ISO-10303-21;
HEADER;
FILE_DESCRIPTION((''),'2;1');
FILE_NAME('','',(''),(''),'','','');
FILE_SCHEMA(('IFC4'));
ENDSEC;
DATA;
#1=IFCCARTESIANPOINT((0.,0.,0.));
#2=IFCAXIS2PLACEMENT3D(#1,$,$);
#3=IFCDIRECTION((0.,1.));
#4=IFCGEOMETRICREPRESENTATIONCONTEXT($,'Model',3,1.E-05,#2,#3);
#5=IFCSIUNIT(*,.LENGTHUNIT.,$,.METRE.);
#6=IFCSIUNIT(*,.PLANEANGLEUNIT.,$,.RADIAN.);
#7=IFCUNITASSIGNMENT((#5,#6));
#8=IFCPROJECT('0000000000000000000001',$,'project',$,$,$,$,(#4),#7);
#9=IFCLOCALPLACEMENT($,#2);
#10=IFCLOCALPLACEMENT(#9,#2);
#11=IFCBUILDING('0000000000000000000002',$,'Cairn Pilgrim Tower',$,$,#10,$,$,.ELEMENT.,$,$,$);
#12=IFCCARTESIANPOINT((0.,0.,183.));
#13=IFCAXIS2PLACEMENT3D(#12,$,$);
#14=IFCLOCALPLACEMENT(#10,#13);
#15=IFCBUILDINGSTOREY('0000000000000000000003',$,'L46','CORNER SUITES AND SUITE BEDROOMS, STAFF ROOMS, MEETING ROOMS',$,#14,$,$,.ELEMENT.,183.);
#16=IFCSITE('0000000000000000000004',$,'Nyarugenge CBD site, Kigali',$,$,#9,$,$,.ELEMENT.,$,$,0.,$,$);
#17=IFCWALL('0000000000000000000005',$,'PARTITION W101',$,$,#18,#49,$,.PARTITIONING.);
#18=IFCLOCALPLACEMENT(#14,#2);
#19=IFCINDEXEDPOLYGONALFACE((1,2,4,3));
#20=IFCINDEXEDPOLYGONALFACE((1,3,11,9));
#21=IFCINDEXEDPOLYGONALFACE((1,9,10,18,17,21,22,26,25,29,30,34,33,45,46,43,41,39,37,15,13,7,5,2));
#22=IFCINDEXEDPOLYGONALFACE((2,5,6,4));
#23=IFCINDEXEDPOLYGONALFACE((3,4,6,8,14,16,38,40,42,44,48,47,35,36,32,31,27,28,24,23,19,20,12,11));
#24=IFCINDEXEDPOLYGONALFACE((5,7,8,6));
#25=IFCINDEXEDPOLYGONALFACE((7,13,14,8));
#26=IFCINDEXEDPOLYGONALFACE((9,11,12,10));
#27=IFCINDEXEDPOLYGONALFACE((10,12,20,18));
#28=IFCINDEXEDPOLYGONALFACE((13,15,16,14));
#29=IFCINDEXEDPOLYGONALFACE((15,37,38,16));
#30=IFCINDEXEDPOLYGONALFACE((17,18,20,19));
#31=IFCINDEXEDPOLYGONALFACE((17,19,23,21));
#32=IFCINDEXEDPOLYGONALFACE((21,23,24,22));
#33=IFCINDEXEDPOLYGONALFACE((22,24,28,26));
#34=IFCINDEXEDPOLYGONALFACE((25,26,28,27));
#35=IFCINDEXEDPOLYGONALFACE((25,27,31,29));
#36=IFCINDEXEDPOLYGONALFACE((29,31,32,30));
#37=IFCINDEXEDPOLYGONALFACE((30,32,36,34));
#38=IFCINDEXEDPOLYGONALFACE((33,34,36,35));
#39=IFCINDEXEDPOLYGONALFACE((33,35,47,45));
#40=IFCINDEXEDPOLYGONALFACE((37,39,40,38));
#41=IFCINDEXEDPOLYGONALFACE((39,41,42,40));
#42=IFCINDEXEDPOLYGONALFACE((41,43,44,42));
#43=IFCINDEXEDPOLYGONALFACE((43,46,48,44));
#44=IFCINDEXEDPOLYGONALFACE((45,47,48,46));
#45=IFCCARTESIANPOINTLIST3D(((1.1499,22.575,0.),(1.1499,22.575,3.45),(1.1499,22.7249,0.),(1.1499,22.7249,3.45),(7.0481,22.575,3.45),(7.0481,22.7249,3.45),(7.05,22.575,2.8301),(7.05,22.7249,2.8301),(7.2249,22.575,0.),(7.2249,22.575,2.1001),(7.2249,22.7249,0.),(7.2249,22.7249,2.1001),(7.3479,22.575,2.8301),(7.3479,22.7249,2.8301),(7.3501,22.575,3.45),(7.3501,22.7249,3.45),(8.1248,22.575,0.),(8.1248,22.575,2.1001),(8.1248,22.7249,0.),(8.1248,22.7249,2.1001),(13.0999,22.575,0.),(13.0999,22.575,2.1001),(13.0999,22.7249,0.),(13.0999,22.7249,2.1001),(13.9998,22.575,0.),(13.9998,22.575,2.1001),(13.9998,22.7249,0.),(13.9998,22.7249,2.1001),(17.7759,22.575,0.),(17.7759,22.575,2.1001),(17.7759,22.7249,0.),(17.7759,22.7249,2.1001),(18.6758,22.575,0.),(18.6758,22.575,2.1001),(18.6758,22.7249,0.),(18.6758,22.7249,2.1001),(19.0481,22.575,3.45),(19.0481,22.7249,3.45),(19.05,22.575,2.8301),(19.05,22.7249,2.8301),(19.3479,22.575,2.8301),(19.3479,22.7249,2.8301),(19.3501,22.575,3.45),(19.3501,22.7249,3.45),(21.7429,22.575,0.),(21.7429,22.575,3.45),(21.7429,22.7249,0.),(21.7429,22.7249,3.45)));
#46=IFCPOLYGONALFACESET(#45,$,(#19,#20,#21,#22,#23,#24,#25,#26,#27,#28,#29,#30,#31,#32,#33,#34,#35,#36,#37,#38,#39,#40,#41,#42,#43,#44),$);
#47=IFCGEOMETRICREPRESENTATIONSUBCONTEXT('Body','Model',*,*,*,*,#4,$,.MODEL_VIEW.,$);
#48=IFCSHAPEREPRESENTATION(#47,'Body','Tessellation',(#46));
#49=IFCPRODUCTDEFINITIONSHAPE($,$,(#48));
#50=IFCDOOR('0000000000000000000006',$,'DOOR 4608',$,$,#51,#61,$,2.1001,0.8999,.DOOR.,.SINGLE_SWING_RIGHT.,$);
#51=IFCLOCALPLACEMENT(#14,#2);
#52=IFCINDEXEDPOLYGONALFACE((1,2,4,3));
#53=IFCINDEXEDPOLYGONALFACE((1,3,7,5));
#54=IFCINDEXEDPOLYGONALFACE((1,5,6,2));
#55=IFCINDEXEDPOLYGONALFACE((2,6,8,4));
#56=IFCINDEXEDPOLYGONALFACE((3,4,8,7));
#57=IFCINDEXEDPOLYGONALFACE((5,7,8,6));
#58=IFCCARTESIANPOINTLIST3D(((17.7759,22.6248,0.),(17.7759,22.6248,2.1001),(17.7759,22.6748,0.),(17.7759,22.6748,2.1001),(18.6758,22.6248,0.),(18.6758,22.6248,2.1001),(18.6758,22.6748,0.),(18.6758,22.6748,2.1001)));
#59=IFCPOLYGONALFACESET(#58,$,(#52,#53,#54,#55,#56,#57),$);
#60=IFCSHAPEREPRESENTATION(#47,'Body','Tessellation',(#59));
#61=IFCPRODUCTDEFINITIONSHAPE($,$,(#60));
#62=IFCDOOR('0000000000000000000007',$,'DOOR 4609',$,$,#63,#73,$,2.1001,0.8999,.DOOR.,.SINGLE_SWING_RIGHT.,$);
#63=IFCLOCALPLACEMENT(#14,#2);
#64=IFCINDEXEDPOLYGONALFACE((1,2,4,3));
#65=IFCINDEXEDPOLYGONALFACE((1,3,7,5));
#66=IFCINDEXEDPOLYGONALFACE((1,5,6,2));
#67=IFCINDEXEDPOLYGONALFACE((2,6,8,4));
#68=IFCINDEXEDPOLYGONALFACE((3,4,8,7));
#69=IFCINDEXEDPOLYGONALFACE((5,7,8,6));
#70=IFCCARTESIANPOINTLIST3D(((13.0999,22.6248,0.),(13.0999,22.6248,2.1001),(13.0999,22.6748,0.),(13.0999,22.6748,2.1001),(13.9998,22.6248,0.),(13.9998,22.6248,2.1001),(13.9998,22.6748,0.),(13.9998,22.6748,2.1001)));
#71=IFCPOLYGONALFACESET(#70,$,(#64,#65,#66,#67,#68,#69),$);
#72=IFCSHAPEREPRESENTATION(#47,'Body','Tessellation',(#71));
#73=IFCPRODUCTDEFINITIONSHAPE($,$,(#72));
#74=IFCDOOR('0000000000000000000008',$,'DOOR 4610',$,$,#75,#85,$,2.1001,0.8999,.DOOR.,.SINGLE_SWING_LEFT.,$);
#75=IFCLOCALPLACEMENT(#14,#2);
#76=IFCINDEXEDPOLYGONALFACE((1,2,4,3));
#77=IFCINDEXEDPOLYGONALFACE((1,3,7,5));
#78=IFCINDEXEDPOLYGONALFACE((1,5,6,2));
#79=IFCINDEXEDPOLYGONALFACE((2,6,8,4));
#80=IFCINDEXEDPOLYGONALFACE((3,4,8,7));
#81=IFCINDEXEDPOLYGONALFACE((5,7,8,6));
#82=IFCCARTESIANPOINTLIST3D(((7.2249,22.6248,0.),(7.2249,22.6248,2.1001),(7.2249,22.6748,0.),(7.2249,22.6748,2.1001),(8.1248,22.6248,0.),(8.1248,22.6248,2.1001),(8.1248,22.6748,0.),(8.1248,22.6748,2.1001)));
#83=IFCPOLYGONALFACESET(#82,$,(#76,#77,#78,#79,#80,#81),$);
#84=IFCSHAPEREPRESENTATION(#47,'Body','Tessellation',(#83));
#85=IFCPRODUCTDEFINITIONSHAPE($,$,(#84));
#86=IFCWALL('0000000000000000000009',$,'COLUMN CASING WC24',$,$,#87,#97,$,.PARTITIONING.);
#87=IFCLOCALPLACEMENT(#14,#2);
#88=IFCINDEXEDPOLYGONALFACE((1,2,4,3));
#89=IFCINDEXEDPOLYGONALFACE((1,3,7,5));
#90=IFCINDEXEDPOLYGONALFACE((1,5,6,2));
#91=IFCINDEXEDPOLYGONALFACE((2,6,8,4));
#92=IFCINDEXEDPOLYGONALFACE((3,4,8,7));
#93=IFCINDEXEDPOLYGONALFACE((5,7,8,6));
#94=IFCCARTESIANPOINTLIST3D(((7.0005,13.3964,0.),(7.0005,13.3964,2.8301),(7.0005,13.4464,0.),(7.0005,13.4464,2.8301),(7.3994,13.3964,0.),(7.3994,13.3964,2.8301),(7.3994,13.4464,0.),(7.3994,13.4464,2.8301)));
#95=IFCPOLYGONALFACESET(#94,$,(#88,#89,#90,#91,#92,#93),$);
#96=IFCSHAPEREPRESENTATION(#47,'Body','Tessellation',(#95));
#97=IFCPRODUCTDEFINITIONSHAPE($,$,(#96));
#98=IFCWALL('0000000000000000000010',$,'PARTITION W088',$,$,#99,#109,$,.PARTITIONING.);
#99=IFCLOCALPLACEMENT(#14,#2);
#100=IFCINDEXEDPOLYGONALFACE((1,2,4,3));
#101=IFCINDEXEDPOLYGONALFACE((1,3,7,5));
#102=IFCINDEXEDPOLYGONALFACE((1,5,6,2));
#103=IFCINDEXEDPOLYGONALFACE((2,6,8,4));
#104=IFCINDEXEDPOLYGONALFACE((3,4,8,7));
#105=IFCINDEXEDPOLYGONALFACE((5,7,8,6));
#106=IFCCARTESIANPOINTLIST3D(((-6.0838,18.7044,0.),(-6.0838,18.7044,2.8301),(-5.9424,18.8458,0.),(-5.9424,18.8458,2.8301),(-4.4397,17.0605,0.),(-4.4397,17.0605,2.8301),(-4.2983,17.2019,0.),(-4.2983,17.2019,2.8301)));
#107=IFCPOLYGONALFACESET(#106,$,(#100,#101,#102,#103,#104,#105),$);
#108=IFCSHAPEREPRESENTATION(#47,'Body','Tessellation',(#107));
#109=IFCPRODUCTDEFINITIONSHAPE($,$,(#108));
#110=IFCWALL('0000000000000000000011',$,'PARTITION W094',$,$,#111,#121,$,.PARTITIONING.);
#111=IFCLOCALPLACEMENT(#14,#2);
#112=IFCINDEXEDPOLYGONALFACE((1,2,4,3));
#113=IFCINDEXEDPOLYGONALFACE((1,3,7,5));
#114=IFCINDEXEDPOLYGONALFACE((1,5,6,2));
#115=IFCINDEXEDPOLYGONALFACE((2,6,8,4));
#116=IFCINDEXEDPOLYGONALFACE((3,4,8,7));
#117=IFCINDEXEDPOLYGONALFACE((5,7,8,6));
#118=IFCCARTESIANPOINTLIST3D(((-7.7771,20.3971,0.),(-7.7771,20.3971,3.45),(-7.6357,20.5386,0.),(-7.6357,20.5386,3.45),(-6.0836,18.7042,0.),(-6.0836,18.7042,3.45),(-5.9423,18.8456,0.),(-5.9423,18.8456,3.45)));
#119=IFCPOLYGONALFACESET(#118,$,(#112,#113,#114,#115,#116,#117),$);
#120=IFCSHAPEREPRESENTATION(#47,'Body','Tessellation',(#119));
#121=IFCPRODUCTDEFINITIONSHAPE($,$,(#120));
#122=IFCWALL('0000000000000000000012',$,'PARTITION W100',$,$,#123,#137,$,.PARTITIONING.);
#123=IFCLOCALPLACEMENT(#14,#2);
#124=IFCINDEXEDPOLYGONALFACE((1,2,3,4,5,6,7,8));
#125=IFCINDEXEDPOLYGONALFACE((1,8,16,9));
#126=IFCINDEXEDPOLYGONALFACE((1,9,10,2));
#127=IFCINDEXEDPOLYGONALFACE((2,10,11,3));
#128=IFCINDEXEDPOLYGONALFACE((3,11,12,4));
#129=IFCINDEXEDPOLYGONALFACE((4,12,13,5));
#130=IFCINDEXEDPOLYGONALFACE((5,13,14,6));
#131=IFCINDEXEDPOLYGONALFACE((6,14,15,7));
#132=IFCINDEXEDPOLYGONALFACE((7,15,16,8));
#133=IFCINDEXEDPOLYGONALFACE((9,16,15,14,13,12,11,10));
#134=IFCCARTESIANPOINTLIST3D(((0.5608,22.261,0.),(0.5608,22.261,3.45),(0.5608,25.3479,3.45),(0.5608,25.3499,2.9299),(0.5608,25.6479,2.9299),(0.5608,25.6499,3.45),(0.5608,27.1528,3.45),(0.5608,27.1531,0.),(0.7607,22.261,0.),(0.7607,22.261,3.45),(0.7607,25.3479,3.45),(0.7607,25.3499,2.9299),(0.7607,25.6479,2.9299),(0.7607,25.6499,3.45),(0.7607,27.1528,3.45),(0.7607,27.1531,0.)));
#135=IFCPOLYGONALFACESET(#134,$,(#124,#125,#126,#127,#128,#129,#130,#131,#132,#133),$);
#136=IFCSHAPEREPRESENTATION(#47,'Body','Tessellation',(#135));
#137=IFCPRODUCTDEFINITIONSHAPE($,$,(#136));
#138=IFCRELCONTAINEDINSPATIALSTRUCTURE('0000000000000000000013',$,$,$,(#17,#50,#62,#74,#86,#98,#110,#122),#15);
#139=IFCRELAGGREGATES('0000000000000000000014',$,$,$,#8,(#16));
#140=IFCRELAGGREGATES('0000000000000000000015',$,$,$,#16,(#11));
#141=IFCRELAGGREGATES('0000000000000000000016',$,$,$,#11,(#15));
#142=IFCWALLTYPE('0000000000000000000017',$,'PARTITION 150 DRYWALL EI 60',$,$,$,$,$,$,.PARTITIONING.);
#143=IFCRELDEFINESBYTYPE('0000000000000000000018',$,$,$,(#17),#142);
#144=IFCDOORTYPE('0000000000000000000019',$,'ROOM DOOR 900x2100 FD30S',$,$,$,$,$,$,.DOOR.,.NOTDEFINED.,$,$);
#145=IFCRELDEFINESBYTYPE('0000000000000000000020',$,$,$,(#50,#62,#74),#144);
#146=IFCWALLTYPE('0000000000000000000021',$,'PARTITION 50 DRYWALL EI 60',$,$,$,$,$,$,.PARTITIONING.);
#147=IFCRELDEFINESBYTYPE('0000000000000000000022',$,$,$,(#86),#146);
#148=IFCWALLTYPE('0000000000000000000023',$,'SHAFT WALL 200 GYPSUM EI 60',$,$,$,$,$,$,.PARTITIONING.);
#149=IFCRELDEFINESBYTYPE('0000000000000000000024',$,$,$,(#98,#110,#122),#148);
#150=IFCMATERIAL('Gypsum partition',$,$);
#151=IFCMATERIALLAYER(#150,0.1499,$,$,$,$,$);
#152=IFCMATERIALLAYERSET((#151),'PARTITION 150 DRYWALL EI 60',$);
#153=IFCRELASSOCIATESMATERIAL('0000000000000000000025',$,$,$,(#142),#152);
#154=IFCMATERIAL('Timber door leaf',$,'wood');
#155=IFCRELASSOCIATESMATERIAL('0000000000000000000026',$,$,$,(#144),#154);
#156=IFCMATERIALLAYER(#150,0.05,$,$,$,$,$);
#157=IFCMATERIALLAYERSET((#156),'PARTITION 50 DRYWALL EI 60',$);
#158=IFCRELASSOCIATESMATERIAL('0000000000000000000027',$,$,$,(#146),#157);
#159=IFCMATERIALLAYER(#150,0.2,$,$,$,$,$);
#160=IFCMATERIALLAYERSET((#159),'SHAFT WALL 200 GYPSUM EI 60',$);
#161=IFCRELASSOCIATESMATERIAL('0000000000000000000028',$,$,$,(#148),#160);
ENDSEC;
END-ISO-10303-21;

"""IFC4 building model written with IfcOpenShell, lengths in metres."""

from ifc_helpers import new_model, si_unit, direction, frame, frame_2d, origin, place, context, subcontext, project, spatial, polyline, rectangle, outline, extrude, material, layer, layer_set, type_object, element, fill, save


model = new_model("IFC4")

# Units and contexts
model_context = context("Model", 3, precision=1e-05, world=origin(), true_north=direction((0.0, 1.0)))
body_context = subcontext(model_context, "Body", "Model", "MODEL_VIEW")
ifc_project = project(units=[si_unit("LENGTHUNIT", "METRE"), si_unit("PLANEANGLEUNIT", "RADIAN")], contexts=[model_context])

# Site, building, storey
site_placement = place(None, origin())
site = spatial("IfcSite", under=ifc_project, at=site_placement, Name="Nyarugenge CBD site, Kigali", CompositionType="ELEMENT", RefElevation=0.0)
building_placement = place(site_placement, origin())
building = spatial("IfcBuilding", under=site, at=building_placement, Name="Cairn Pilgrim Tower", CompositionType="ELEMENT")
storey_placement = place(building_placement, frame((0.0, 0.0, 183.0)))
storey = spatial("IfcBuildingStorey", under=building, at=storey_placement, Name="L46", Description="CORNER SUITES AND SUITE BEDROOMS, STAFF ROOMS, MEETING ROOMS", CompositionType="ELEMENT", Elevation=183.0)

# Shared definitions
ifc_material_1 = material(Name="Gypsum partition")

# Shared definitions
ifc_material_2 = material(Name="Timber door leaf", Category="wood")

# Shared definitions
ifc_layer_1 = layer(ifc_material_1, 0.1499)
ifc_layer_set_1 = layer_set([ifc_layer_1], Name="PARTITION 150 DRYWALL EI 60")
wall_type_1 = type_object("IfcWallType", Name="PARTITION 150 DRYWALL EI 60", PredefinedType="PARTITIONING", material=ifc_layer_set_1)

# Wall, openings, doors
wall_1_placement = place(storey_placement, frame((1.1499, 22.6499, 0.0), z_axis=(0.0, 0.0, 1.0), x_axis=(1.0, 0.0, 0.0)))
wall_1 = element("IfcWall", 1, at=wall_1_placement, inside=storey, type_object=wall_type_1, Name="PARTITION W101", PredefinedType="PARTITIONING", context=body_context, shape_type="SweptSolid", body=[
    extrude(outline(polyline([(0.0, 0.0), (20.593, 0.0), (20.593, 3.45), (18.2002, 3.45), (18.198, 2.8301), (17.9001, 2.8301), (17.8982, 3.45), (6.2002, 3.45), (6.198, 2.8301), (5.9001, 2.8301), (5.8982, 3.45), (0.0, 3.45), (0.0, 0.0)])), frame((0.0, 0.075, 0.0), z_axis=(0.0, -1.0, 0.0), x_axis=(1.0, 0.0, 0.0)), (0.0, 0.0, 1.0), 0.1499),
])
opening_1_placement = place(wall_1_placement, frame((16.626, 0.0, 0.0)))
opening_1 = element("IfcOpeningElement", 2, at=opening_1_placement, cuts=wall_1, PredefinedType="OPENING", context=body_context, shape_type="SweptSolid", body=[
    extrude(rectangle(XDim=0.8999, YDim=2.1001, at=frame_2d((0.45, 1.05))), frame((0.0, 0.085, 0.0), z_axis=(0.0, -1.0, 0.0), x_axis=(1.0, 0.0, 0.0)), (0.0, 0.0, 1.0), 0.1699),
])
opening_2_placement = place(wall_1_placement, frame((11.95, 0.0, 0.0)))
opening_2 = element("IfcOpeningElement", 3, at=opening_2_placement, cuts=wall_1, PredefinedType="OPENING", context=body_context, shape_type="SweptSolid", body=[
    extrude(rectangle(XDim=0.8999, YDim=2.1001, at=frame_2d((0.45, 1.05))), frame((0.0, 0.085, 0.0), z_axis=(0.0, -1.0, 0.0), x_axis=(1.0, 0.0, 0.0)), (0.0, 0.0, 1.0), 0.1699),
])
opening_3_placement = place(wall_1_placement, frame((6.075, 0.0, 0.0)))
opening_3 = element("IfcOpeningElement", 4, at=opening_3_placement, cuts=wall_1, PredefinedType="OPENING", context=body_context, shape_type="SweptSolid", body=[
    extrude(rectangle(XDim=0.8999, YDim=2.1001, at=frame_2d((0.45, 1.05))), frame((0.0, 0.085, 0.0), z_axis=(0.0, -1.0, 0.0), x_axis=(1.0, 0.0, 0.0)), (0.0, 0.0, 1.0), 0.1699),
])
door_type_1 = type_object("IfcDoorType", Name="ROOM DOOR 900x2100 FD30S", OperationType="NOTDEFINED", PredefinedType="DOOR", material=ifc_material_2)
door_1_placement = place(opening_1_placement, origin())
door_1 = element("IfcDoor", 5, at=door_1_placement, inside=storey, type_object=door_type_1, Name="DOOR 4608", OperationType="SINGLE_SWING_RIGHT", OverallHeight=2.1001, OverallWidth=0.8999, PredefinedType="DOOR", context=body_context, shape_type="SweptSolid", body=[
    extrude(rectangle(XDim=0.8999, YDim=2.1001, at=frame_2d((0.45, 1.05))), frame((0.0, 0.0249, 0.0), z_axis=(0.0, -1.0, 0.0), x_axis=(1.0, 0.0, 0.0)), (0.0, 0.0, 1.0), 0.05),
])
fill(opening_1, door_1)
door_2_placement = place(opening_2_placement, origin())
door_2 = element("IfcDoor", 6, at=door_2_placement, inside=storey, type_object=door_type_1, Name="DOOR 4609", OperationType="SINGLE_SWING_RIGHT", OverallHeight=2.1001, OverallWidth=0.8999, PredefinedType="DOOR", context=body_context, shape_type="SweptSolid", body=[
    extrude(rectangle(XDim=0.8999, YDim=2.1001, at=frame_2d((0.45, 1.05))), frame((0.0, 0.0249, 0.0), z_axis=(0.0, -1.0, 0.0), x_axis=(1.0, 0.0, 0.0)), (0.0, 0.0, 1.0), 0.05),
])
fill(opening_2, door_2)
door_3_placement = place(opening_3_placement, origin())
door_3 = element("IfcDoor", 7, at=door_3_placement, inside=storey, type_object=door_type_1, Name="DOOR 4610", OperationType="SINGLE_SWING_LEFT", OverallHeight=2.1001, OverallWidth=0.8999, PredefinedType="DOOR", context=body_context, shape_type="SweptSolid", body=[
    extrude(rectangle(XDim=0.8999, YDim=2.1001, at=frame_2d((0.45, 1.05))), frame((0.0, 0.0249, 0.0), z_axis=(0.0, -1.0, 0.0), x_axis=(1.0, 0.0, 0.0)), (0.0, 0.0, 1.0), 0.05),
])
fill(opening_3, door_3)

# Walls
ifc_layer_2 = layer(ifc_material_1, 0.05)
ifc_layer_set_2 = layer_set([ifc_layer_2], Name="PARTITION 50 DRYWALL EI 60")
wall_type_2 = type_object("IfcWallType", Name="PARTITION 50 DRYWALL EI 60", PredefinedType="PARTITIONING", material=ifc_layer_set_2)
wall_2_placement = place(storey_placement, frame((7.0005, 13.4214, 0.0), z_axis=(0.0, 0.0, 1.0), x_axis=(1.0, 0.0, 0.0)))
element("IfcWall", 8, at=wall_2_placement, inside=storey, type_object=wall_type_2, Name="COLUMN CASING WC24", PredefinedType="PARTITIONING", context=body_context, shape_type="SweptSolid", body=[
    extrude(rectangle(XDim=0.3989, YDim=0.05, at=frame_2d((0.1995, 0.0))), origin(), (0.0, 0.0, 1.0), 2.8301),
])
ifc_layer_3 = layer(ifc_material_1, 0.2)
ifc_layer_set_3 = layer_set([ifc_layer_3], Name="SHAFT WALL 200 GYPSUM EI 60")
wall_type_3 = type_object("IfcWallType", Name="SHAFT WALL 200 GYPSUM EI 60", PredefinedType="PARTITIONING", material=ifc_layer_set_3)
wall_3_placement = place(storey_placement, frame((-4.3689, 17.1311, 0.0), z_axis=(0.0, 0.0, 1.0), x_axis=(-0.707159, 0.707054, 0.0)))
element("IfcWall", 9, at=wall_3_placement, inside=storey, type_object=wall_type_3, Name="PARTITION W088", PredefinedType="PARTITIONING", context=body_context, shape_type="SweptSolid", body=[
    extrude(rectangle(XDim=2.325, YDim=0.2, at=frame_2d((1.1626, 0.0))), origin(), (0.0, 0.0, 1.0), 2.8301),
])
wall_4_placement = place(storey_placement, frame((-6.0129, 18.7749, 0.0), z_axis=(0.0, 0.0, 1.0), x_axis=(-0.707209, 0.707005, 0.0)))
element("IfcWall", 10, at=wall_4_placement, inside=storey, type_object=wall_type_3, Name="PARTITION W094", PredefinedType="PARTITIONING", context=body_context, shape_type="SweptSolid", body=[
    extrude(rectangle(XDim=2.3945, YDim=0.2, at=frame_2d((1.1973, 0.0))), origin(), (0.0, 0.0, 1.0), 3.45),
])
wall_5_placement = place(storey_placement, frame((0.6609, 22.261, 0.0), z_axis=(0.0, 0.0, 1.0), x_axis=(0.0, 1.0, 0.0)))
element("IfcWall", 11, at=wall_5_placement, inside=storey, type_object=wall_type_3, Name="PARTITION W100", PredefinedType="PARTITIONING", context=body_context, shape_type="SweptSolid", body=[
    extrude(outline(polyline([(0.0, 0.0), (4.8921, 0.0), (4.8918, 3.45), (3.3889, 3.45), (3.387, 2.9299), (3.0889, 2.9299), (3.0869, 3.45), (0.0, 3.45), (0.0, 0.0)])), frame((0.0, 0.1001, 0.0), z_axis=(0.0, -1.0, 0.0), x_axis=(1.0, 0.0, 0.0)), (0.0, 0.0, 1.0), 0.2),
])

save(model, "model.ifc")
